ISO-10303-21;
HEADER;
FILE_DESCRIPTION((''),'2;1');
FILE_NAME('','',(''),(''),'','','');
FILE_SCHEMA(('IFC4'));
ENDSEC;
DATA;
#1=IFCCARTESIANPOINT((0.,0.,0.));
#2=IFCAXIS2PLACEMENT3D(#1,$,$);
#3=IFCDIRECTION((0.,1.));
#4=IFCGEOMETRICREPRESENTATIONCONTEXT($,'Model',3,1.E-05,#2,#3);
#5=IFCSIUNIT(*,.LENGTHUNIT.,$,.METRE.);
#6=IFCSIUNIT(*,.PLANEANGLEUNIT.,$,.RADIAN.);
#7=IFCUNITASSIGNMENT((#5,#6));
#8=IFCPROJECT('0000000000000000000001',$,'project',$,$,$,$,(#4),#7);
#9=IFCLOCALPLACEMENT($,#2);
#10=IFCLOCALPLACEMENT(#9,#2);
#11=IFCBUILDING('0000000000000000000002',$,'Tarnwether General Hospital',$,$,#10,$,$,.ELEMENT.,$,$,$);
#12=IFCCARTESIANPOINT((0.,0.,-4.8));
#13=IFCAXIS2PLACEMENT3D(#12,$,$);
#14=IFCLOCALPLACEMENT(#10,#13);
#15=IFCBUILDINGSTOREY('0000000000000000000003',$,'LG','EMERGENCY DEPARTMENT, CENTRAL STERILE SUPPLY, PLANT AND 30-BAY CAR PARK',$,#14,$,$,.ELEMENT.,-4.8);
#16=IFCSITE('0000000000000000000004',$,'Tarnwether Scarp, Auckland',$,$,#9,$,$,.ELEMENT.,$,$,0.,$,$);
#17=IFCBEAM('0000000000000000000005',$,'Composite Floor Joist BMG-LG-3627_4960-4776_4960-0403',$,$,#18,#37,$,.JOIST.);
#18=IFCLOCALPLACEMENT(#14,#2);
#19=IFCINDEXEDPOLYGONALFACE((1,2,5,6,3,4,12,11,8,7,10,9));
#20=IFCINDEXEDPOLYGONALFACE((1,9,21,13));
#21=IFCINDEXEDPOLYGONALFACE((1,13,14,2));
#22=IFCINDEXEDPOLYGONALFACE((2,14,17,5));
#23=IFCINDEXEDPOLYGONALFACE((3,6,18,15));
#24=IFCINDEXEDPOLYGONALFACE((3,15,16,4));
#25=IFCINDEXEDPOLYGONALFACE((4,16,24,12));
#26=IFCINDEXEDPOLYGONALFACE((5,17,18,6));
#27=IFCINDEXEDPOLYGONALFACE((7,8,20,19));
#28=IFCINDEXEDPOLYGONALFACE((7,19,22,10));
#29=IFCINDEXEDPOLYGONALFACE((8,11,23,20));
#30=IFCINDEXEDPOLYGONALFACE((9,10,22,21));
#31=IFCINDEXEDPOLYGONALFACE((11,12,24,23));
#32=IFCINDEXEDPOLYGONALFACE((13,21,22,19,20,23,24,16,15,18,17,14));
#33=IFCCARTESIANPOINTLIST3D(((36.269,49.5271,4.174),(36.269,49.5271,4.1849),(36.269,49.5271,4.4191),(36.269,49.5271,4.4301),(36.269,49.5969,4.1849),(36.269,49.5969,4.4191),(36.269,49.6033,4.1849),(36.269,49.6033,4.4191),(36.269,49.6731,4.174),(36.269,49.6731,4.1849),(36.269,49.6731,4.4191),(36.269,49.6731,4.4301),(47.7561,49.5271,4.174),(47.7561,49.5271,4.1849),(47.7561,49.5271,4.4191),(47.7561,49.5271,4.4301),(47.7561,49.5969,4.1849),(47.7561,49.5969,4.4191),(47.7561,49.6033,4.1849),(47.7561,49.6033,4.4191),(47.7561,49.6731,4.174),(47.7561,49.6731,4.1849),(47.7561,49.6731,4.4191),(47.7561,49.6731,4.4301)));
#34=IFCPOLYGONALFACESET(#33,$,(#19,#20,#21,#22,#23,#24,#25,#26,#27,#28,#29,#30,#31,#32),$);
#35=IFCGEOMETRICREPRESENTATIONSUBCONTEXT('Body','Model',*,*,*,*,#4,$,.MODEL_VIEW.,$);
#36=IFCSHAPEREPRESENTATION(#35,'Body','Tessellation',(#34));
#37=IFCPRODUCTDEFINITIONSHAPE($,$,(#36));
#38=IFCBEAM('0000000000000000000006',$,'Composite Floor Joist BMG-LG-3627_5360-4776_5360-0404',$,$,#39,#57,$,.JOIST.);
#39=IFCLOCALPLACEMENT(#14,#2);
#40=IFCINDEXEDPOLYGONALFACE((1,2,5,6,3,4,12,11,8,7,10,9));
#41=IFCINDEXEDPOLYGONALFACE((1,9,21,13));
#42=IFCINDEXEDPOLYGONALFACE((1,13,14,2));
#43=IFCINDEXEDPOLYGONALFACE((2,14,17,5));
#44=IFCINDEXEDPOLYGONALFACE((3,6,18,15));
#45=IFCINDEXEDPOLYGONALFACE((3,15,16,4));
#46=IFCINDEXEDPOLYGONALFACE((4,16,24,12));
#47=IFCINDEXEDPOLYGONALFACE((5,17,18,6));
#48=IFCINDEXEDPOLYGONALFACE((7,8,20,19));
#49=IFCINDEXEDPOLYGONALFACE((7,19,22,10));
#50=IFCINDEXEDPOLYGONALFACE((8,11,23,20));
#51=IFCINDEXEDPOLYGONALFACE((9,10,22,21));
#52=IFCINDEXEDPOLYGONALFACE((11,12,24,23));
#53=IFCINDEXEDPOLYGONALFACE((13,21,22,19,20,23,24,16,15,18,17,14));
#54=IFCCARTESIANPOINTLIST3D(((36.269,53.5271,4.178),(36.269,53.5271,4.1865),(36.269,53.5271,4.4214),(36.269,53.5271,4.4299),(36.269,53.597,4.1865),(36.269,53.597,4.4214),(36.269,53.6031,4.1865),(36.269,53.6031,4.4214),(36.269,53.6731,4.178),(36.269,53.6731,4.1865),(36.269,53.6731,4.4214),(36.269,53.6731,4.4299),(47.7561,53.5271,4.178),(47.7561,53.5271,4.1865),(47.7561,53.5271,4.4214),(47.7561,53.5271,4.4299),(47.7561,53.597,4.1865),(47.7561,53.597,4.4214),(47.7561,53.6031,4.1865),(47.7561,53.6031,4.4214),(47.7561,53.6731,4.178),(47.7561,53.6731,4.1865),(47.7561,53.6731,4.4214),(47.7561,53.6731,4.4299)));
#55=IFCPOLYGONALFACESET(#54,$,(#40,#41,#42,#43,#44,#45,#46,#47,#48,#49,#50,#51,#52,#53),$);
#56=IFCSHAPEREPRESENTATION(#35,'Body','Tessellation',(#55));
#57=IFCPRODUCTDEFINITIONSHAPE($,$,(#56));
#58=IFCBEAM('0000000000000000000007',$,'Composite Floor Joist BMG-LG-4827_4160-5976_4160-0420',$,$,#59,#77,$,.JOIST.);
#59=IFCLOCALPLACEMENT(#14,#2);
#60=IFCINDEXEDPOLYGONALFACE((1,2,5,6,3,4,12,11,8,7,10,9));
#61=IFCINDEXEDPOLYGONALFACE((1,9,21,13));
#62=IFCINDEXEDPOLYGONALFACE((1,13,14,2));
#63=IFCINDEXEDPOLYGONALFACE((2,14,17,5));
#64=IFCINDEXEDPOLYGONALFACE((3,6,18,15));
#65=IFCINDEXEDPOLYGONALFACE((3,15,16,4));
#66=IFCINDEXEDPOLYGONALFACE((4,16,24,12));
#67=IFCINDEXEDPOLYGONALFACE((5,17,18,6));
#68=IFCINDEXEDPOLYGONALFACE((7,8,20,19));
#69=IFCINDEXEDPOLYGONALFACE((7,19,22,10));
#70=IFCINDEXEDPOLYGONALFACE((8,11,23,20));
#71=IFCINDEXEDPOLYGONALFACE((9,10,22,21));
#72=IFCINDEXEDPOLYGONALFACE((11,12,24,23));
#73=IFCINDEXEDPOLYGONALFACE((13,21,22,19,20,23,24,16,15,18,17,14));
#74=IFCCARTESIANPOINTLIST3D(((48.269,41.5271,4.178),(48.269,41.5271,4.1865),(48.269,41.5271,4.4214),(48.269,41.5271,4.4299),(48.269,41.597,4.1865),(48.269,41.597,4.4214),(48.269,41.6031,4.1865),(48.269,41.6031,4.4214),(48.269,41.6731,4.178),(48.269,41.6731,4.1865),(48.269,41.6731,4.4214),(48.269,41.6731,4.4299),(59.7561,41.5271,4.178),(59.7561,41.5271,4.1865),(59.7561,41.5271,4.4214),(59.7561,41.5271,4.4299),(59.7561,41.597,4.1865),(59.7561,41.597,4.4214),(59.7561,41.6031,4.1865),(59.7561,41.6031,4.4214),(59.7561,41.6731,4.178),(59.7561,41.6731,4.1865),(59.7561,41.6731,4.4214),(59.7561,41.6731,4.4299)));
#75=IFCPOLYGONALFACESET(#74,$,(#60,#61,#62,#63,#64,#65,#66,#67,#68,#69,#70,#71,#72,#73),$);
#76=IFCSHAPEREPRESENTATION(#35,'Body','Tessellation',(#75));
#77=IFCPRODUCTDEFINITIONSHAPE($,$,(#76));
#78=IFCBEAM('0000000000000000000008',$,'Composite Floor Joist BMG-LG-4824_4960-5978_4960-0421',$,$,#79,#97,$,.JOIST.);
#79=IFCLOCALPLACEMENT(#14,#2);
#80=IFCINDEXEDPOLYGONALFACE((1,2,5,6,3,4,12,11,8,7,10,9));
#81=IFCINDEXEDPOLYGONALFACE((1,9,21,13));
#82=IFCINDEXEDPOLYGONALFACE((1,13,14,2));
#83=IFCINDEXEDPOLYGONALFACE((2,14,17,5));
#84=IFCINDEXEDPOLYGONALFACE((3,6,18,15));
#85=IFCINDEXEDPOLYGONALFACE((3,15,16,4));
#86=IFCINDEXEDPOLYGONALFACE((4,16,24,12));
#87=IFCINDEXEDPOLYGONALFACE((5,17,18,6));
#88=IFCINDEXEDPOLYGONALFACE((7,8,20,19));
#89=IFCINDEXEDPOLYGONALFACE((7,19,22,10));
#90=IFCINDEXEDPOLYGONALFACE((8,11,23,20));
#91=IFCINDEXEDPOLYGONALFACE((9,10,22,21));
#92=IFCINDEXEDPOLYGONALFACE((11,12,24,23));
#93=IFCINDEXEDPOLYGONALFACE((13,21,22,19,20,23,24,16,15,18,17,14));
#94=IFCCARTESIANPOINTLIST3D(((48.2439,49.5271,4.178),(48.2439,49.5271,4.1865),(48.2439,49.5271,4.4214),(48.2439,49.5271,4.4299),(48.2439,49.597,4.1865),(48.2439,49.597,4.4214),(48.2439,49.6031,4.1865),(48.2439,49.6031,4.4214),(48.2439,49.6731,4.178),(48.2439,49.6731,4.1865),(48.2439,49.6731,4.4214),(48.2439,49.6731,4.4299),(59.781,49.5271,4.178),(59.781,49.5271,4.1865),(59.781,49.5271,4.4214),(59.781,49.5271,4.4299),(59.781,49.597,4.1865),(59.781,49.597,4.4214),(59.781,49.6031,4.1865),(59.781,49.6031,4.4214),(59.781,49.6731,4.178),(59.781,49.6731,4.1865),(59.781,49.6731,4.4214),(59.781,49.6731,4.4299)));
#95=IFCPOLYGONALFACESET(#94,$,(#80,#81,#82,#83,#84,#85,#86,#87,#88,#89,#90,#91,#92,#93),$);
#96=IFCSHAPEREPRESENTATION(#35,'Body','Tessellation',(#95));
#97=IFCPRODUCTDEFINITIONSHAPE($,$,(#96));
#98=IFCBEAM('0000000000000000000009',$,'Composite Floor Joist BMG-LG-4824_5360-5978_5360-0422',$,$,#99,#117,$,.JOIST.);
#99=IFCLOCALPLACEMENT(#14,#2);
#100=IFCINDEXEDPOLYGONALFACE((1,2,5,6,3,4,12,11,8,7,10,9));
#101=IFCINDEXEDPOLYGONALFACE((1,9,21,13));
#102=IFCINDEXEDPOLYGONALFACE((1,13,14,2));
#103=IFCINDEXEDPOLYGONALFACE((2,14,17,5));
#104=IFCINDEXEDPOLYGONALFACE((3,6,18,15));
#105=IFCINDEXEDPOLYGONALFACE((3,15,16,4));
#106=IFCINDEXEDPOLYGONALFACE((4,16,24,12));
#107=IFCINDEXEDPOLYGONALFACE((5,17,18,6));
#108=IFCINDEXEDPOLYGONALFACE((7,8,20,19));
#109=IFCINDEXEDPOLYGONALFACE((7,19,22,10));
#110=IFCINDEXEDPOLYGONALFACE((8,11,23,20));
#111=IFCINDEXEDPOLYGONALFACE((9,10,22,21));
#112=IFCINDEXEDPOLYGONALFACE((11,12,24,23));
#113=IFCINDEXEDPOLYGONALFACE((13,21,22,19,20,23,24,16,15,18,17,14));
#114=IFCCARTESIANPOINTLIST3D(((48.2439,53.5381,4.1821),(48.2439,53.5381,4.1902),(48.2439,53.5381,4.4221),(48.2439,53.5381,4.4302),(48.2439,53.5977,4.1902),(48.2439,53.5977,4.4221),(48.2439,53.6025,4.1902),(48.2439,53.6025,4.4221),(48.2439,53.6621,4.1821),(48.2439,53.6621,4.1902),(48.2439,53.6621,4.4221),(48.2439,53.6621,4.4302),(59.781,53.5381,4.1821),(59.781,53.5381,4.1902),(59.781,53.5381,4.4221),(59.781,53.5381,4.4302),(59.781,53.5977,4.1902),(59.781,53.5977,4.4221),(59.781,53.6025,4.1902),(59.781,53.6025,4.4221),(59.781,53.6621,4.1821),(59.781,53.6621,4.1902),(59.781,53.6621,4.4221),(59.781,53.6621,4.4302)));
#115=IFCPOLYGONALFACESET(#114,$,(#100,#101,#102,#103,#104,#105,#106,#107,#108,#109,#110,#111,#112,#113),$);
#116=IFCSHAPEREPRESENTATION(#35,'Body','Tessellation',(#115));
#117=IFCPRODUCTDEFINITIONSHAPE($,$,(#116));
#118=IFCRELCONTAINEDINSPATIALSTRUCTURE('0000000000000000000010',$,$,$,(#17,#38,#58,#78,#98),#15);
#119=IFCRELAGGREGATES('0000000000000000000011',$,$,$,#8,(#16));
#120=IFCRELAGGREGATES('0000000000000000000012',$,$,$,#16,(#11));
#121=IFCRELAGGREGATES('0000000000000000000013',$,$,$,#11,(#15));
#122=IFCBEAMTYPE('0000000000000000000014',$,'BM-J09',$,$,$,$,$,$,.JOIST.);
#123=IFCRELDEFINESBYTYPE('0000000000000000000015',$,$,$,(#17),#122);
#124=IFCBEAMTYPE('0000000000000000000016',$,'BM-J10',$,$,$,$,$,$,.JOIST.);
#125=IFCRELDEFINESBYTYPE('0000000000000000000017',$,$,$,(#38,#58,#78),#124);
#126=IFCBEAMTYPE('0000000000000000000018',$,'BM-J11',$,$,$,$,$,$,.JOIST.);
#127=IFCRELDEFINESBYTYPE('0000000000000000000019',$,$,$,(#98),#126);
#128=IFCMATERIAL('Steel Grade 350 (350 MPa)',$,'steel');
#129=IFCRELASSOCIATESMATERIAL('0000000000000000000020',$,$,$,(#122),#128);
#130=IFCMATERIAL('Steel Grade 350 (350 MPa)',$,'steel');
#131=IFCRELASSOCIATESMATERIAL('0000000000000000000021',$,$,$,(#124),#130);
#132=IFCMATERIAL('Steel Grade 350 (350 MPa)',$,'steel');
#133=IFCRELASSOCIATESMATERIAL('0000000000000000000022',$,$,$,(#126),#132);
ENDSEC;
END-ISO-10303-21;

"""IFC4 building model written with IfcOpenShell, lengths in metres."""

from ifc_helpers import new_model, si_unit, direction, frame, origin, origin_2d, place, context, subcontext, project, spatial, i_section, extrude, material, material_profile, profile_set, type_object, element, save


model = new_model("IFC4")

# Units and contexts
model_context = context("Model", 3, precision=1e-05, world=origin(), true_north=direction((0.0, 1.0)))
body_context = subcontext(model_context, "Body", "Model", "MODEL_VIEW")
ifc_project = project(units=[si_unit("LENGTHUNIT", "METRE"), si_unit("PLANEANGLEUNIT", "RADIAN")], contexts=[model_context])

# Site, building, storey
site_placement = place(None, origin())
site = spatial("IfcSite", under=ifc_project, at=site_placement, Name="Tarnwether Scarp, Auckland", CompositionType="ELEMENT", RefElevation=0.0)
building_placement = place(site_placement, origin())
building = spatial("IfcBuilding", under=site, at=building_placement, Name="Tarnwether General Hospital", CompositionType="ELEMENT")
storey_placement = place(building_placement, frame((0.0, 0.0, -4.8)))
storey = spatial("IfcBuildingStorey", under=building, at=storey_placement, Name="LG", Description="EMERGENCY DEPARTMENT, CENTRAL STERILE SUPPLY, PLANT AND 30-BAY CAR PARK", CompositionType="ELEMENT", Elevation=-4.8)

# Beams
ifc_material_1 = material(Name="Steel Grade 350 (350 MPa)", Category="steel")
ifc_material_profile_1 = material_profile(ifc_material_1, i_section(OverallWidth=0.146, OverallDepth=0.2561, WebThickness=0.0063, FlangeThickness=0.011, at=origin_2d()), Name="250UB37.3")
ifc_profile_set_1 = profile_set([ifc_material_profile_1], Name="Steel Grade 350 (350 MPa)")
beam_type_1 = type_object("IfcBeamType", Name="BM-J09", PredefinedType="JOIST", material=ifc_profile_set_1)
beam_1_placement = place(storey_placement, frame((36.269, 49.6001, 4.302), z_axis=(1.0, 0.0, 0.0), x_axis=(0.0, 1.0, 0.0)))
element("IfcBeam", 1, at=beam_1_placement, inside=storey, type_object=beam_type_1, Name="Composite Floor Joist BMG-LG-3627_4960-4776_4960-0403", PredefinedType="JOIST", context=body_context, shape_type="SweptSolid", body=[
    extrude(i_section(OverallWidth=0.146, OverallDepth=0.2561, WebThickness=0.0063, FlangeThickness=0.011, at=origin_2d()), origin(), (0.0, 0.0, 1.0), 11.4871),
])
ifc_material_2 = material(Name="Steel Grade 350 (350 MPa)", Category="steel")
ifc_material_profile_2 = material_profile(ifc_material_2, i_section(OverallWidth=0.146, OverallDepth=0.252, WebThickness=0.0061, FlangeThickness=0.0085, at=origin_2d()), Name="250UB31.4")
ifc_profile_set_2 = profile_set([ifc_material_profile_2], Name="Steel Grade 350 (350 MPa)")
beam_type_2 = type_object("IfcBeamType", Name="BM-J10", PredefinedType="JOIST", material=ifc_profile_set_2)
for number, where, z_axis, x_axis, name in (
    (2, (36.269, 53.6001, 4.304), (1.0, 0.0, 0.0), (0.0, 1.0, 0.0), "Composite Floor Joist BMG-LG-3627_5360-4776_5360-0404"),
    (3, (48.269, 41.6001, 4.304), (1.0, 0.0, 0.0), (0.0, 1.0, 0.0), "Composite Floor Joist BMG-LG-4827_4160-5976_4160-0420"),
):
    element("IfcBeam", number, at=place(storey_placement, frame(where, z_axis=z_axis, x_axis=x_axis)), inside=storey, type_object=beam_type_2, Name=name, PredefinedType="JOIST", context=body_context, shape_type="SweptSolid", body=[
        extrude(i_section(OverallWidth=0.146, OverallDepth=0.252, WebThickness=0.0061, FlangeThickness=0.0085, at=origin_2d()), origin(), (0.0, 0.0, 1.0), 11.4871),
    ])
beam_2_placement = place(storey_placement, frame((48.2439, 49.6001, 4.304), z_axis=(1.0, 0.0, 0.0), x_axis=(0.0, 1.0, 0.0)))
element("IfcBeam", 4, at=beam_2_placement, inside=storey, type_object=beam_type_2, Name="Composite Floor Joist BMG-LG-4824_4960-5978_4960-0421", PredefinedType="JOIST", context=body_context, shape_type="SweptSolid", body=[
    extrude(i_section(OverallWidth=0.146, OverallDepth=0.252, WebThickness=0.0061, FlangeThickness=0.0085, at=origin_2d()), origin(), (0.0, 0.0, 1.0), 11.5371),
])
ifc_material_3 = material(Name="Steel Grade 350 (350 MPa)", Category="steel")
ifc_material_profile_3 = material_profile(ifc_material_3, i_section(OverallWidth=0.124, OverallDepth=0.248, WebThickness=0.0049, FlangeThickness=0.0081, at=origin_2d()), Name="250UB25.7")
ifc_profile_set_3 = profile_set([ifc_material_profile_3], Name="Steel Grade 350 (350 MPa)")
beam_type_3 = type_object("IfcBeamType", Name="BM-J11", PredefinedType="JOIST", material=ifc_profile_set_3)
beam_3_placement = place(storey_placement, frame((48.2439, 53.6001, 4.3062), z_axis=(1.0, 0.0, 0.0), x_axis=(0.0, 1.0, 0.0)))
element("IfcBeam", 5, at=beam_3_placement, inside=storey, type_object=beam_type_3, Name="Composite Floor Joist BMG-LG-4824_5360-5978_5360-0422", PredefinedType="JOIST", context=body_context, shape_type="SweptSolid", body=[
    extrude(i_section(OverallWidth=0.124, OverallDepth=0.248, WebThickness=0.0049, FlangeThickness=0.0081, at=origin_2d()), origin(), (0.0, 0.0, 1.0), 11.5371),
])

save(model, "model.ifc")
